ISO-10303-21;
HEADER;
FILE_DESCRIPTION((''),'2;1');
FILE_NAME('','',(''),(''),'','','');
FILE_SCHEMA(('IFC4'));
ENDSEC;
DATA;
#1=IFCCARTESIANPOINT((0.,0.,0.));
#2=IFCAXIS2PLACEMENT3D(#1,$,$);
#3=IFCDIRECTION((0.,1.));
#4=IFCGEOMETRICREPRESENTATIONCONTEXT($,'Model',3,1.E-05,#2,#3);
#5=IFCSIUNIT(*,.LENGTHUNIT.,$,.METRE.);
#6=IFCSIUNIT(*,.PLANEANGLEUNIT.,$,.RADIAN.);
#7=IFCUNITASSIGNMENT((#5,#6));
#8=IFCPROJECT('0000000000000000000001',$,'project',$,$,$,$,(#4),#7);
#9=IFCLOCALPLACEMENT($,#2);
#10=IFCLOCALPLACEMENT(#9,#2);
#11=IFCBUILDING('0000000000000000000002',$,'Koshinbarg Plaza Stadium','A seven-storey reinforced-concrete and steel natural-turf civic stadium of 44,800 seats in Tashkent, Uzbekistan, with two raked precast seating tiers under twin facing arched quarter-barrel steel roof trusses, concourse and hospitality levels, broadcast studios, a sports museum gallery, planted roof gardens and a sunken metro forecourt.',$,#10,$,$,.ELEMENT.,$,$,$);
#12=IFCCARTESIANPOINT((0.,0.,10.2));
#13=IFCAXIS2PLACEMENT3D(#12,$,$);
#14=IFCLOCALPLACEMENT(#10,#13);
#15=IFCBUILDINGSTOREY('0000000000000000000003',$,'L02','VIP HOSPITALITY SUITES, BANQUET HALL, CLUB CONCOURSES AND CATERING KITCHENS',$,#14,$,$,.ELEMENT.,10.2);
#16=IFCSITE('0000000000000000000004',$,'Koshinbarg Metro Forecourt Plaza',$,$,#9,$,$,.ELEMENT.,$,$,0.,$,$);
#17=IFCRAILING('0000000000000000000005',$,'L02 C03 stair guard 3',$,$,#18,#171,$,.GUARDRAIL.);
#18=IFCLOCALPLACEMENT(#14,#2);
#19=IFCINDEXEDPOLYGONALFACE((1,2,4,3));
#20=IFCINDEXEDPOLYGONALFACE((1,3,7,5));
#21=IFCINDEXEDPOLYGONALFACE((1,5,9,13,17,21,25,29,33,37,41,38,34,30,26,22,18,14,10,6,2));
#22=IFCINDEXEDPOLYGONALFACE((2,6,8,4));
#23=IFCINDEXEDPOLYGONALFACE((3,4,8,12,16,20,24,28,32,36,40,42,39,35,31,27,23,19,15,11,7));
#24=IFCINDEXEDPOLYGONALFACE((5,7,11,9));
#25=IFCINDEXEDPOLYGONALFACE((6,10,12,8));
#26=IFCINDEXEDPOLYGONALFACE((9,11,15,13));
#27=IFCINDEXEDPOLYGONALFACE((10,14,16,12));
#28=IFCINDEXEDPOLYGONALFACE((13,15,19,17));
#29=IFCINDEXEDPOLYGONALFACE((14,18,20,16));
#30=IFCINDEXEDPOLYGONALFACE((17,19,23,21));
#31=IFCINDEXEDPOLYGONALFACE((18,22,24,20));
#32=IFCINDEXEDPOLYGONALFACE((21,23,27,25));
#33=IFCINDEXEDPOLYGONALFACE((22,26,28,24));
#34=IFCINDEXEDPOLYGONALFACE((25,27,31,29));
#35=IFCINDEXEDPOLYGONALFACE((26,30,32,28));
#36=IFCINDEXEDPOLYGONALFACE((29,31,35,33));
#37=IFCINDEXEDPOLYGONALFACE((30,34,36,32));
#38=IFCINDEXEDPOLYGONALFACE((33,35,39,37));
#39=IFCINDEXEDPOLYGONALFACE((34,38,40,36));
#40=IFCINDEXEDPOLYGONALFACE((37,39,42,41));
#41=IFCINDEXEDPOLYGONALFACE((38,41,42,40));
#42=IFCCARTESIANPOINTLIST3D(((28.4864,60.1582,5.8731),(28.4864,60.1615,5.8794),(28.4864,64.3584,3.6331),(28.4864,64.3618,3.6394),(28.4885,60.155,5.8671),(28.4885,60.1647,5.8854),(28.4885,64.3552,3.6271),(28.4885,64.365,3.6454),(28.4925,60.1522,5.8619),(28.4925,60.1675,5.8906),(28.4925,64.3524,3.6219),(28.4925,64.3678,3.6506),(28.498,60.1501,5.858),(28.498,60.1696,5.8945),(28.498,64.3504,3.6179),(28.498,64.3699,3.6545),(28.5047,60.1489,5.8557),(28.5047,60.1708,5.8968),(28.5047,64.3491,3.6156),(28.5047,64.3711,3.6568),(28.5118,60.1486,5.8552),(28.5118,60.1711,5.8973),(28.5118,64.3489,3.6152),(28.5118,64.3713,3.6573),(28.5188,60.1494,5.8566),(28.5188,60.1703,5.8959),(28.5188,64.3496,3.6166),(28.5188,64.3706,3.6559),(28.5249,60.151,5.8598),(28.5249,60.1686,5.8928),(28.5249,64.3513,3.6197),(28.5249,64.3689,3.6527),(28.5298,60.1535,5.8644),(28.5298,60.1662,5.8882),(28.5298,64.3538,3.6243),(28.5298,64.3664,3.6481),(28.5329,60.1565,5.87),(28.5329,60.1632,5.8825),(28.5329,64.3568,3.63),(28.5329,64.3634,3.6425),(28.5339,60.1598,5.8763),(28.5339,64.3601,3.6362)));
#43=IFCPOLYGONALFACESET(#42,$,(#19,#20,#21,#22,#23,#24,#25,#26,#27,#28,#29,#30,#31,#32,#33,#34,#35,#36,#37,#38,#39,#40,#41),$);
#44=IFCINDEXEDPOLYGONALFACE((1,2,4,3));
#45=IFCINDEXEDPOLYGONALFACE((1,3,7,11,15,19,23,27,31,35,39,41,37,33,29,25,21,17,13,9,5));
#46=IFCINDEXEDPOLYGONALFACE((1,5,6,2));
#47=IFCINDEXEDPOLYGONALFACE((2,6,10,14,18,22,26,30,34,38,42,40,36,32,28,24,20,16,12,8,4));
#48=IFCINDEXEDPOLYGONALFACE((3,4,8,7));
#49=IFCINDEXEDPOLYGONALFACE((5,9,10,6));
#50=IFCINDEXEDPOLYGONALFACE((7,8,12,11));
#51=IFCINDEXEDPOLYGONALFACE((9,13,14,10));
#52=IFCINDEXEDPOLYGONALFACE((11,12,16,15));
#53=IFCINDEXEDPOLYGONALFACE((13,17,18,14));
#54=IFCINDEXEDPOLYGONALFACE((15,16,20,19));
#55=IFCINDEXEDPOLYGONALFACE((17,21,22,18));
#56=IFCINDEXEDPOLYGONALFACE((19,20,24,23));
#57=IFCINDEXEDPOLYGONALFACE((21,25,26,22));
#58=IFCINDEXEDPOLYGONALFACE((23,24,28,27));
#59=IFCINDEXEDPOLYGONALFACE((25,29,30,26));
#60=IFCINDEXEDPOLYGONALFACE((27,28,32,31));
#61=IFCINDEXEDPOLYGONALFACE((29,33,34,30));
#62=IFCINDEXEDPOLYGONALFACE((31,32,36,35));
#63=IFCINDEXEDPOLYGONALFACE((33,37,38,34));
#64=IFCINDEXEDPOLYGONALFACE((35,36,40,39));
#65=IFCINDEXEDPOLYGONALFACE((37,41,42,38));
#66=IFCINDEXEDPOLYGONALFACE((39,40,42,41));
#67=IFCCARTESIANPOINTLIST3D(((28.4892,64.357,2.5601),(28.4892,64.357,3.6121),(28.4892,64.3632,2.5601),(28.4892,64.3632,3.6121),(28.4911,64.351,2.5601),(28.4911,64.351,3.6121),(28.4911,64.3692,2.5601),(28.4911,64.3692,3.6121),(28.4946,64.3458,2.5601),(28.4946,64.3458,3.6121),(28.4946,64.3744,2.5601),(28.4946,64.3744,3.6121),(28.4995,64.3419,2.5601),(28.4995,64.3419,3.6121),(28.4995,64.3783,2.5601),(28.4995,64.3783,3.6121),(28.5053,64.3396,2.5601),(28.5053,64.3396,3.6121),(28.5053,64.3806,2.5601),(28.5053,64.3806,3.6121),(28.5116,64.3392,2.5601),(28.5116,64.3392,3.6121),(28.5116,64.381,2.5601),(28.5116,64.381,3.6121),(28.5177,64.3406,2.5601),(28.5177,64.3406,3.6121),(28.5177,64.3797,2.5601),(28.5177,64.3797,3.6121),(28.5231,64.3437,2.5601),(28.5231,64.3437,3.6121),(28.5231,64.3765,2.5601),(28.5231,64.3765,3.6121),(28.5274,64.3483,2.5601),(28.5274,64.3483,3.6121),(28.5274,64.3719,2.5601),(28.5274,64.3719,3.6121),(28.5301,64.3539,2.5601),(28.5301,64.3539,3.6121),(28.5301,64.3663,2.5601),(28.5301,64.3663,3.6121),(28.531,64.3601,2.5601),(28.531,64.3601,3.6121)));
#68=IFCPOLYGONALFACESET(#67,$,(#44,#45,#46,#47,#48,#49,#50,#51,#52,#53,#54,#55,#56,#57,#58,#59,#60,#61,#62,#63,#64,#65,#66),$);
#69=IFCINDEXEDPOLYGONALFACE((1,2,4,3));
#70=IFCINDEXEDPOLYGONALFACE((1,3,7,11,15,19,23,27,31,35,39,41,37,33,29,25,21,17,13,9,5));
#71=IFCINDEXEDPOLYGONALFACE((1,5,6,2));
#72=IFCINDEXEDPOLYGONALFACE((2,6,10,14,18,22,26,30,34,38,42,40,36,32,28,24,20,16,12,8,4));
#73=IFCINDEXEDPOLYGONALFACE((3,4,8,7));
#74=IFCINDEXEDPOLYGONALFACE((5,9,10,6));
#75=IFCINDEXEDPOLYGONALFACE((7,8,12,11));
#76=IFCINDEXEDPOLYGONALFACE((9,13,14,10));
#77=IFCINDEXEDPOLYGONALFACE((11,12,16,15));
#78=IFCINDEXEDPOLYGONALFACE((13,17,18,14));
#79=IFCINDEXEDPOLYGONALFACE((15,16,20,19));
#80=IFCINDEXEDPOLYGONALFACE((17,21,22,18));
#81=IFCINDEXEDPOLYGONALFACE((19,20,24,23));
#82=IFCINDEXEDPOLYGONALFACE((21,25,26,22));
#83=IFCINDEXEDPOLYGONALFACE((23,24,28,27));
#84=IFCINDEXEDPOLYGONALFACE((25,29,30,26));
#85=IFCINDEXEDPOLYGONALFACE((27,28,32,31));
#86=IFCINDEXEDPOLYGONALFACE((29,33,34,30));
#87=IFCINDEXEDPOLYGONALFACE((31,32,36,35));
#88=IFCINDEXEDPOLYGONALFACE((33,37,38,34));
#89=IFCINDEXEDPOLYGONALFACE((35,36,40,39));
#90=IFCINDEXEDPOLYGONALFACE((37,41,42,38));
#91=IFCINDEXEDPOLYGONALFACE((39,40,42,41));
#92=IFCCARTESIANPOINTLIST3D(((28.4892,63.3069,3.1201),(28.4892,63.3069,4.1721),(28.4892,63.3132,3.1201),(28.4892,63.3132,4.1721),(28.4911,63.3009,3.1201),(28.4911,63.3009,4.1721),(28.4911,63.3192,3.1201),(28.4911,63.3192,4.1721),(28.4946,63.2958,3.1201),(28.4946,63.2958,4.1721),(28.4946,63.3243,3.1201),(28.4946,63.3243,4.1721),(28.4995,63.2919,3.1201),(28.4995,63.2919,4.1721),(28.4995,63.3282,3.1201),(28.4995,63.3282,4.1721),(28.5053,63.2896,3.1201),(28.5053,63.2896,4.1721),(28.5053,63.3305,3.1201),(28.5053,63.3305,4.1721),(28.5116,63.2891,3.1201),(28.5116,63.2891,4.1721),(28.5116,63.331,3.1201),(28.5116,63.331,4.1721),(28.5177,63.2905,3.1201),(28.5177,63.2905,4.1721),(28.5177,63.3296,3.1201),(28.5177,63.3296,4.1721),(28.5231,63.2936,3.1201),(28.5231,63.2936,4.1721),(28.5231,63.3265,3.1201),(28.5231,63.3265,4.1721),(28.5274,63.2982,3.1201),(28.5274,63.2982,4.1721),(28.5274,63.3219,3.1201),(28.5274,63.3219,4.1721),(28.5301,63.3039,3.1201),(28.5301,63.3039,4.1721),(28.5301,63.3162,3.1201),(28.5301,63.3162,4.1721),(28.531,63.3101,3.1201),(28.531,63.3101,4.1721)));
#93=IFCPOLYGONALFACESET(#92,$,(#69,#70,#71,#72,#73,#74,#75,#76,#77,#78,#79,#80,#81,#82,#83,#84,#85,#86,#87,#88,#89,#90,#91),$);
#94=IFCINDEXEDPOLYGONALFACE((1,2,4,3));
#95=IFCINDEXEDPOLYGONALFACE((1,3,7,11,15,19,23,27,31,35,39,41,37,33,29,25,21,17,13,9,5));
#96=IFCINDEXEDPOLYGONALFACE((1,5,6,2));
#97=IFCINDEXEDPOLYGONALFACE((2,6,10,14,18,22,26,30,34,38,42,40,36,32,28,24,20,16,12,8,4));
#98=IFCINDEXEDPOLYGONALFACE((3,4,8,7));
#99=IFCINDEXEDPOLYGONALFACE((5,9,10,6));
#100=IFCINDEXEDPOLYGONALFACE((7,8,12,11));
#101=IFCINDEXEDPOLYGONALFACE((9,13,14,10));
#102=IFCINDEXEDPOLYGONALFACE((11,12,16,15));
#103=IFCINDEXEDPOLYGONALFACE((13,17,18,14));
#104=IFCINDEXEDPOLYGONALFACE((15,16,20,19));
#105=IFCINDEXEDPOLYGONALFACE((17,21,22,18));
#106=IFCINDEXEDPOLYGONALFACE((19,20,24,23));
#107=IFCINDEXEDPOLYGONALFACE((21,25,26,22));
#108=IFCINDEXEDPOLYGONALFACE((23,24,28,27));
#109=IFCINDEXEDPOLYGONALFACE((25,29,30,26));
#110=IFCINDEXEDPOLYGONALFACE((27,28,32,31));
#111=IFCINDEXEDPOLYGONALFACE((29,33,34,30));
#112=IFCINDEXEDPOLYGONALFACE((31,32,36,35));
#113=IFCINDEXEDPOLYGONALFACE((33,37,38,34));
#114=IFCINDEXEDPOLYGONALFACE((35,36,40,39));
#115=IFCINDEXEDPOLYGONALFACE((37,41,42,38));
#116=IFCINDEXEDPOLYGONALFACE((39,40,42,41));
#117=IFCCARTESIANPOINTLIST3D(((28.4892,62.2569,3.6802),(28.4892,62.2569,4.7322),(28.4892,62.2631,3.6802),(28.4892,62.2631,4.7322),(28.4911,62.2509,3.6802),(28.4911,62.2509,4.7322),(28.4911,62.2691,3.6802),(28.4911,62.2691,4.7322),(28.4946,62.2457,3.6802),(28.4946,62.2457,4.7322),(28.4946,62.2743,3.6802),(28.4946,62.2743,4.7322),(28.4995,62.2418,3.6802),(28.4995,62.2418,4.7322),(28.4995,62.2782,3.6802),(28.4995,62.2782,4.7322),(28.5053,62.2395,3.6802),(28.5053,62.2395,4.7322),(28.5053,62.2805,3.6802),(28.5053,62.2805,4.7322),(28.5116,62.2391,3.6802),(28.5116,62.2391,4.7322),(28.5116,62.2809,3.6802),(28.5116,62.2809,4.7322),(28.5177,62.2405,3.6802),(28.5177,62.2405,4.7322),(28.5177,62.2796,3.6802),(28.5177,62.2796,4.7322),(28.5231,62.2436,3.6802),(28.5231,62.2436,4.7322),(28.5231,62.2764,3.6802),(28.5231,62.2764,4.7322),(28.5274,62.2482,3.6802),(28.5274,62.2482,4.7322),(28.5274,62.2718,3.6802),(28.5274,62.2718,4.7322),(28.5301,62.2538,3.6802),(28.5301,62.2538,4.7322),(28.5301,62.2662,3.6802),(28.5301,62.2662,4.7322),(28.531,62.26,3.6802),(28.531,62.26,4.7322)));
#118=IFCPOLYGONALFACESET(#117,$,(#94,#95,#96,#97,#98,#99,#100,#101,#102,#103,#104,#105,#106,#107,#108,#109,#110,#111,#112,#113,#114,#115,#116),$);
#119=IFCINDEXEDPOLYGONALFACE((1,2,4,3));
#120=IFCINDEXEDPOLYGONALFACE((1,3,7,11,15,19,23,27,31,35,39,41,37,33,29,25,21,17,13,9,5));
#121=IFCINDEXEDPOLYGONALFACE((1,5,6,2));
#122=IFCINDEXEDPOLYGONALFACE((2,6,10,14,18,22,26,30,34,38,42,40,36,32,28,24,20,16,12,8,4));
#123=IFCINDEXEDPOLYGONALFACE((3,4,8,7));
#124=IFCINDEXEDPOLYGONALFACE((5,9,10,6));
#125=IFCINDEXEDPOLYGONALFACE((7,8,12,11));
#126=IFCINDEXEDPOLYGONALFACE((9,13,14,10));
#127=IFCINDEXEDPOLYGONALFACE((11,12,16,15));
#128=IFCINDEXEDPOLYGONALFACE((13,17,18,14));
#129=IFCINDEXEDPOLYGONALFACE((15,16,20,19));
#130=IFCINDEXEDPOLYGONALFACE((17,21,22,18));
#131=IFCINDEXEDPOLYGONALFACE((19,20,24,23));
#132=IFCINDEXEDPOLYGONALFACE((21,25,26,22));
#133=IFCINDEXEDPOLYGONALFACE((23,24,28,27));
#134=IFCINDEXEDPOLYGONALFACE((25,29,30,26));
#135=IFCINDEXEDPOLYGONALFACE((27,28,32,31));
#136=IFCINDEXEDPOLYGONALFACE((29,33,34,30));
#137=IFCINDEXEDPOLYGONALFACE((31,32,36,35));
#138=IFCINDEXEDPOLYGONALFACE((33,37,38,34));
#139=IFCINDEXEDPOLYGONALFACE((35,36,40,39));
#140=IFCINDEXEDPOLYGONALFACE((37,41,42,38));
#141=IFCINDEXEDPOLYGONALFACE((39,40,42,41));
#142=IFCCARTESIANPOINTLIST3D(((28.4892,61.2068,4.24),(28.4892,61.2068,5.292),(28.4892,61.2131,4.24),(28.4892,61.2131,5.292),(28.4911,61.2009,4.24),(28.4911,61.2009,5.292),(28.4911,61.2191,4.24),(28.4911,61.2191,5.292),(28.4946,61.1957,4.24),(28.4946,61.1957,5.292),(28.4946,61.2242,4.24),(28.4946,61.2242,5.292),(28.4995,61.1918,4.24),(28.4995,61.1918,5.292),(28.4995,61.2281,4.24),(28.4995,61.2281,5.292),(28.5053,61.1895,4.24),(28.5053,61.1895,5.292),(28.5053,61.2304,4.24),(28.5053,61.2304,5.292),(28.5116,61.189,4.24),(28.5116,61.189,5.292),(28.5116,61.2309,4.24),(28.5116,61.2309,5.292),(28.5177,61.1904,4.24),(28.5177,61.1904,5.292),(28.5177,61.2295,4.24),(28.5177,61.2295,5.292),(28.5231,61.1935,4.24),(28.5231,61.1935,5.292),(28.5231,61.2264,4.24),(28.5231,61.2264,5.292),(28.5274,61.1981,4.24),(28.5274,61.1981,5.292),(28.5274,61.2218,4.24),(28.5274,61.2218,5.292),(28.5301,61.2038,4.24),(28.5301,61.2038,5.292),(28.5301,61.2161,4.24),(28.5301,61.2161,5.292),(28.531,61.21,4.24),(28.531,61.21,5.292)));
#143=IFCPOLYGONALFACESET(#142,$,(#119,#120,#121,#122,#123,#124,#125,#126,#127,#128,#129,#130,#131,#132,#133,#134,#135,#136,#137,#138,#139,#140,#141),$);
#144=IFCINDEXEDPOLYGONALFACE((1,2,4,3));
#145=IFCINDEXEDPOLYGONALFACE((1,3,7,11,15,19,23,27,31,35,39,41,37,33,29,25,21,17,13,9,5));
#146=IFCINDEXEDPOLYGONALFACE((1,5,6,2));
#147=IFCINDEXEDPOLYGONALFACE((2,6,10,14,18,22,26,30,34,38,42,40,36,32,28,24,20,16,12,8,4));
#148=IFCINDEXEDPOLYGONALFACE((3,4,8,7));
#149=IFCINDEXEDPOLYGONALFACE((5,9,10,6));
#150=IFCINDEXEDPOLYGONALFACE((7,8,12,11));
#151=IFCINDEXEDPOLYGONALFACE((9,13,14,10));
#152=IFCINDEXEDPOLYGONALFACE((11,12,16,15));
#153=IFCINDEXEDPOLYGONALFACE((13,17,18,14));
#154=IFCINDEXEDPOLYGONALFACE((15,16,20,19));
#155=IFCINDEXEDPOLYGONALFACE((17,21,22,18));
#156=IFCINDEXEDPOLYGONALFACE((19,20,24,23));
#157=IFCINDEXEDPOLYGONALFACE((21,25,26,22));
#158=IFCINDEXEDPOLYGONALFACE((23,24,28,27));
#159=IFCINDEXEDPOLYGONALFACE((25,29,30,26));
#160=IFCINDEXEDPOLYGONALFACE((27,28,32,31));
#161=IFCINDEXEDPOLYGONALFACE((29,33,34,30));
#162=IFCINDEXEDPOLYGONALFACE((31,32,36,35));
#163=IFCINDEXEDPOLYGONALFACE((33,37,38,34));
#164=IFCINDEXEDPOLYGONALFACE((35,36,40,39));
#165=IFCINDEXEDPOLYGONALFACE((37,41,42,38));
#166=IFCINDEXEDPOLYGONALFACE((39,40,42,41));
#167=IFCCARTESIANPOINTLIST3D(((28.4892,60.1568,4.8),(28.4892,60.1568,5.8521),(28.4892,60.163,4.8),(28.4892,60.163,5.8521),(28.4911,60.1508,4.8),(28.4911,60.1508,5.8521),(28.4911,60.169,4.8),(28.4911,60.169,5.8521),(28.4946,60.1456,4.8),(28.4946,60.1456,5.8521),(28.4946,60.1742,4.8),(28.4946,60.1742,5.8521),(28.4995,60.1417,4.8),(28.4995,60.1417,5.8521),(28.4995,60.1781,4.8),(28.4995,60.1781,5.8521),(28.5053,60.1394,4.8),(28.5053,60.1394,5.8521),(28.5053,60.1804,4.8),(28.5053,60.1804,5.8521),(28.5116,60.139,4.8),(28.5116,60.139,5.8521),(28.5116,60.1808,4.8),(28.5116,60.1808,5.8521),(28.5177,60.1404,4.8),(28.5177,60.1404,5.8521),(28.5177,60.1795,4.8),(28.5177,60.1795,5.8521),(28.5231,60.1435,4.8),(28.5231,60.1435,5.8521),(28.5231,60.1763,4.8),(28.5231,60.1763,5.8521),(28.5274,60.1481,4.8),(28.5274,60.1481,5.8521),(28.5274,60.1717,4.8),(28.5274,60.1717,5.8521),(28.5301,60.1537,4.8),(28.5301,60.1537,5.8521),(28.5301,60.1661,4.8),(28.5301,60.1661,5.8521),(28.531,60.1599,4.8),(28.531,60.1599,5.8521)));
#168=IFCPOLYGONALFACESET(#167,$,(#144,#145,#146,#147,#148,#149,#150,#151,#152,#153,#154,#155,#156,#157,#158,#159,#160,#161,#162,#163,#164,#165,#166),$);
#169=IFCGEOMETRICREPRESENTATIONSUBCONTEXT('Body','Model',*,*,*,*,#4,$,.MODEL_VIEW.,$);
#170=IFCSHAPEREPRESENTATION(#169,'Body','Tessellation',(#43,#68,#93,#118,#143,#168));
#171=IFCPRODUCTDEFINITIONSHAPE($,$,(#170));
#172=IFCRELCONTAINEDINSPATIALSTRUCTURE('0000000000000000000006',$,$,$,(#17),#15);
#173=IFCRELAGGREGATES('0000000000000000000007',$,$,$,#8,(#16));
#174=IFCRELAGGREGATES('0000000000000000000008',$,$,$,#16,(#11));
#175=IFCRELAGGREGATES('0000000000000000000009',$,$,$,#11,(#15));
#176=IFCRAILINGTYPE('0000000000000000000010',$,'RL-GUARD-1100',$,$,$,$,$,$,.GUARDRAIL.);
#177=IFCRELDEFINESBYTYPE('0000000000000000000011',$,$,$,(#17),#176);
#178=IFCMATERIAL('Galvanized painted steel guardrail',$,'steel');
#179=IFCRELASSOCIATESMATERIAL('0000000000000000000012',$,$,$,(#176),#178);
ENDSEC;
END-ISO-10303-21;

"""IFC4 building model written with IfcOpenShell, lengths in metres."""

from ifc_helpers import new_model, si_unit, direction, frame, origin, origin_2d, place, context, subcontext, project, spatial, circle, extrude, material, type_object, element, save


model = new_model("IFC4")

# Units and contexts
model_context = context("Model", 3, precision=1e-05, world=origin(), true_north=direction((0.0, 1.0)))
body_context = subcontext(model_context, "Body", "Model", "MODEL_VIEW")
ifc_project = project(units=[si_unit("LENGTHUNIT", "METRE"), si_unit("PLANEANGLEUNIT", "RADIAN")], contexts=[model_context])

# Site, building, storey
site_placement = place(None, origin())
site = spatial("IfcSite", under=ifc_project, at=site_placement, Name="Koshinbarg Metro Forecourt Plaza", CompositionType="ELEMENT", RefElevation=0.0)
building_placement = place(site_placement, origin())
building = spatial("IfcBuilding", under=site, at=building_placement, Name="Koshinbarg Plaza Stadium", Description="A seven-storey reinforced-concrete and steel natural-turf civic stadium of 44,800 seats in Tashkent, Uzbekistan, with two raked precast seating tiers under twin facing arched quarter-barrel steel roof trusses, concourse and hospitality levels, broadcast studios, a sports museum gallery, planted roof gardens and a sunken metro forecourt.", CompositionType="ELEMENT")
storey_placement = place(building_placement, frame((0.0, 0.0, 10.2)))
storey = spatial("IfcBuildingStorey", under=building, at=storey_placement, Name="L02", Description="VIP HOSPITALITY SUITES, BANQUET HALL, CLUB CONCOURSES AND CATERING KITCHENS", CompositionType="ELEMENT", Elevation=10.2)

# Railing
ifc_material_1 = material(Name="Galvanized painted steel guardrail", Category="steel")
railing_type_1 = type_object("IfcRailingType", Name="RL-GUARD-1100", PredefinedType="GUARDRAIL", material=ifc_material_1)
railing_1_placement = place(storey_placement, frame((28.51, 64.3601, 2.5601)))
element("IfcRailing", 1, at=railing_1_placement, inside=storey, type_object=railing_type_1, Name="L02 C03 stair guard 3", PredefinedType="GUARDRAIL", context=body_context, shape_type="SweptSolid", body=[
    extrude(circle(Radius=0.0239, at=origin_2d()), frame((0.0, 0.0, 1.0762), z_axis=(0.0, -0.882363, 0.47057), x_axis=(1.0, 0.0, 0.0)), (0.0, 0.0, 1.0), 4.7603),
    extrude(circle(Radius=0.021, at=origin_2d()), origin(), (0.0, 0.0, 1.0), 1.052),
    extrude(circle(Radius=0.021, at=origin_2d()), frame((0.0, -1.05, 0.5601)), (0.0, 0.0, 1.0), 1.052),
    extrude(circle(Radius=0.021, at=origin_2d()), frame((0.0, -2.1001, 1.1201)), (0.0, 0.0, 1.0), 1.052),
    extrude(circle(Radius=0.021, at=origin_2d()), frame((0.0, -3.1501, 1.6799)), (0.0, 0.0, 1.0), 1.052),
    extrude(circle(Radius=0.021, at=origin_2d()), frame((0.0, -4.2002, 2.24)), (0.0, 0.0, 1.0), 1.052),
])

save(model, "model.ifc")
